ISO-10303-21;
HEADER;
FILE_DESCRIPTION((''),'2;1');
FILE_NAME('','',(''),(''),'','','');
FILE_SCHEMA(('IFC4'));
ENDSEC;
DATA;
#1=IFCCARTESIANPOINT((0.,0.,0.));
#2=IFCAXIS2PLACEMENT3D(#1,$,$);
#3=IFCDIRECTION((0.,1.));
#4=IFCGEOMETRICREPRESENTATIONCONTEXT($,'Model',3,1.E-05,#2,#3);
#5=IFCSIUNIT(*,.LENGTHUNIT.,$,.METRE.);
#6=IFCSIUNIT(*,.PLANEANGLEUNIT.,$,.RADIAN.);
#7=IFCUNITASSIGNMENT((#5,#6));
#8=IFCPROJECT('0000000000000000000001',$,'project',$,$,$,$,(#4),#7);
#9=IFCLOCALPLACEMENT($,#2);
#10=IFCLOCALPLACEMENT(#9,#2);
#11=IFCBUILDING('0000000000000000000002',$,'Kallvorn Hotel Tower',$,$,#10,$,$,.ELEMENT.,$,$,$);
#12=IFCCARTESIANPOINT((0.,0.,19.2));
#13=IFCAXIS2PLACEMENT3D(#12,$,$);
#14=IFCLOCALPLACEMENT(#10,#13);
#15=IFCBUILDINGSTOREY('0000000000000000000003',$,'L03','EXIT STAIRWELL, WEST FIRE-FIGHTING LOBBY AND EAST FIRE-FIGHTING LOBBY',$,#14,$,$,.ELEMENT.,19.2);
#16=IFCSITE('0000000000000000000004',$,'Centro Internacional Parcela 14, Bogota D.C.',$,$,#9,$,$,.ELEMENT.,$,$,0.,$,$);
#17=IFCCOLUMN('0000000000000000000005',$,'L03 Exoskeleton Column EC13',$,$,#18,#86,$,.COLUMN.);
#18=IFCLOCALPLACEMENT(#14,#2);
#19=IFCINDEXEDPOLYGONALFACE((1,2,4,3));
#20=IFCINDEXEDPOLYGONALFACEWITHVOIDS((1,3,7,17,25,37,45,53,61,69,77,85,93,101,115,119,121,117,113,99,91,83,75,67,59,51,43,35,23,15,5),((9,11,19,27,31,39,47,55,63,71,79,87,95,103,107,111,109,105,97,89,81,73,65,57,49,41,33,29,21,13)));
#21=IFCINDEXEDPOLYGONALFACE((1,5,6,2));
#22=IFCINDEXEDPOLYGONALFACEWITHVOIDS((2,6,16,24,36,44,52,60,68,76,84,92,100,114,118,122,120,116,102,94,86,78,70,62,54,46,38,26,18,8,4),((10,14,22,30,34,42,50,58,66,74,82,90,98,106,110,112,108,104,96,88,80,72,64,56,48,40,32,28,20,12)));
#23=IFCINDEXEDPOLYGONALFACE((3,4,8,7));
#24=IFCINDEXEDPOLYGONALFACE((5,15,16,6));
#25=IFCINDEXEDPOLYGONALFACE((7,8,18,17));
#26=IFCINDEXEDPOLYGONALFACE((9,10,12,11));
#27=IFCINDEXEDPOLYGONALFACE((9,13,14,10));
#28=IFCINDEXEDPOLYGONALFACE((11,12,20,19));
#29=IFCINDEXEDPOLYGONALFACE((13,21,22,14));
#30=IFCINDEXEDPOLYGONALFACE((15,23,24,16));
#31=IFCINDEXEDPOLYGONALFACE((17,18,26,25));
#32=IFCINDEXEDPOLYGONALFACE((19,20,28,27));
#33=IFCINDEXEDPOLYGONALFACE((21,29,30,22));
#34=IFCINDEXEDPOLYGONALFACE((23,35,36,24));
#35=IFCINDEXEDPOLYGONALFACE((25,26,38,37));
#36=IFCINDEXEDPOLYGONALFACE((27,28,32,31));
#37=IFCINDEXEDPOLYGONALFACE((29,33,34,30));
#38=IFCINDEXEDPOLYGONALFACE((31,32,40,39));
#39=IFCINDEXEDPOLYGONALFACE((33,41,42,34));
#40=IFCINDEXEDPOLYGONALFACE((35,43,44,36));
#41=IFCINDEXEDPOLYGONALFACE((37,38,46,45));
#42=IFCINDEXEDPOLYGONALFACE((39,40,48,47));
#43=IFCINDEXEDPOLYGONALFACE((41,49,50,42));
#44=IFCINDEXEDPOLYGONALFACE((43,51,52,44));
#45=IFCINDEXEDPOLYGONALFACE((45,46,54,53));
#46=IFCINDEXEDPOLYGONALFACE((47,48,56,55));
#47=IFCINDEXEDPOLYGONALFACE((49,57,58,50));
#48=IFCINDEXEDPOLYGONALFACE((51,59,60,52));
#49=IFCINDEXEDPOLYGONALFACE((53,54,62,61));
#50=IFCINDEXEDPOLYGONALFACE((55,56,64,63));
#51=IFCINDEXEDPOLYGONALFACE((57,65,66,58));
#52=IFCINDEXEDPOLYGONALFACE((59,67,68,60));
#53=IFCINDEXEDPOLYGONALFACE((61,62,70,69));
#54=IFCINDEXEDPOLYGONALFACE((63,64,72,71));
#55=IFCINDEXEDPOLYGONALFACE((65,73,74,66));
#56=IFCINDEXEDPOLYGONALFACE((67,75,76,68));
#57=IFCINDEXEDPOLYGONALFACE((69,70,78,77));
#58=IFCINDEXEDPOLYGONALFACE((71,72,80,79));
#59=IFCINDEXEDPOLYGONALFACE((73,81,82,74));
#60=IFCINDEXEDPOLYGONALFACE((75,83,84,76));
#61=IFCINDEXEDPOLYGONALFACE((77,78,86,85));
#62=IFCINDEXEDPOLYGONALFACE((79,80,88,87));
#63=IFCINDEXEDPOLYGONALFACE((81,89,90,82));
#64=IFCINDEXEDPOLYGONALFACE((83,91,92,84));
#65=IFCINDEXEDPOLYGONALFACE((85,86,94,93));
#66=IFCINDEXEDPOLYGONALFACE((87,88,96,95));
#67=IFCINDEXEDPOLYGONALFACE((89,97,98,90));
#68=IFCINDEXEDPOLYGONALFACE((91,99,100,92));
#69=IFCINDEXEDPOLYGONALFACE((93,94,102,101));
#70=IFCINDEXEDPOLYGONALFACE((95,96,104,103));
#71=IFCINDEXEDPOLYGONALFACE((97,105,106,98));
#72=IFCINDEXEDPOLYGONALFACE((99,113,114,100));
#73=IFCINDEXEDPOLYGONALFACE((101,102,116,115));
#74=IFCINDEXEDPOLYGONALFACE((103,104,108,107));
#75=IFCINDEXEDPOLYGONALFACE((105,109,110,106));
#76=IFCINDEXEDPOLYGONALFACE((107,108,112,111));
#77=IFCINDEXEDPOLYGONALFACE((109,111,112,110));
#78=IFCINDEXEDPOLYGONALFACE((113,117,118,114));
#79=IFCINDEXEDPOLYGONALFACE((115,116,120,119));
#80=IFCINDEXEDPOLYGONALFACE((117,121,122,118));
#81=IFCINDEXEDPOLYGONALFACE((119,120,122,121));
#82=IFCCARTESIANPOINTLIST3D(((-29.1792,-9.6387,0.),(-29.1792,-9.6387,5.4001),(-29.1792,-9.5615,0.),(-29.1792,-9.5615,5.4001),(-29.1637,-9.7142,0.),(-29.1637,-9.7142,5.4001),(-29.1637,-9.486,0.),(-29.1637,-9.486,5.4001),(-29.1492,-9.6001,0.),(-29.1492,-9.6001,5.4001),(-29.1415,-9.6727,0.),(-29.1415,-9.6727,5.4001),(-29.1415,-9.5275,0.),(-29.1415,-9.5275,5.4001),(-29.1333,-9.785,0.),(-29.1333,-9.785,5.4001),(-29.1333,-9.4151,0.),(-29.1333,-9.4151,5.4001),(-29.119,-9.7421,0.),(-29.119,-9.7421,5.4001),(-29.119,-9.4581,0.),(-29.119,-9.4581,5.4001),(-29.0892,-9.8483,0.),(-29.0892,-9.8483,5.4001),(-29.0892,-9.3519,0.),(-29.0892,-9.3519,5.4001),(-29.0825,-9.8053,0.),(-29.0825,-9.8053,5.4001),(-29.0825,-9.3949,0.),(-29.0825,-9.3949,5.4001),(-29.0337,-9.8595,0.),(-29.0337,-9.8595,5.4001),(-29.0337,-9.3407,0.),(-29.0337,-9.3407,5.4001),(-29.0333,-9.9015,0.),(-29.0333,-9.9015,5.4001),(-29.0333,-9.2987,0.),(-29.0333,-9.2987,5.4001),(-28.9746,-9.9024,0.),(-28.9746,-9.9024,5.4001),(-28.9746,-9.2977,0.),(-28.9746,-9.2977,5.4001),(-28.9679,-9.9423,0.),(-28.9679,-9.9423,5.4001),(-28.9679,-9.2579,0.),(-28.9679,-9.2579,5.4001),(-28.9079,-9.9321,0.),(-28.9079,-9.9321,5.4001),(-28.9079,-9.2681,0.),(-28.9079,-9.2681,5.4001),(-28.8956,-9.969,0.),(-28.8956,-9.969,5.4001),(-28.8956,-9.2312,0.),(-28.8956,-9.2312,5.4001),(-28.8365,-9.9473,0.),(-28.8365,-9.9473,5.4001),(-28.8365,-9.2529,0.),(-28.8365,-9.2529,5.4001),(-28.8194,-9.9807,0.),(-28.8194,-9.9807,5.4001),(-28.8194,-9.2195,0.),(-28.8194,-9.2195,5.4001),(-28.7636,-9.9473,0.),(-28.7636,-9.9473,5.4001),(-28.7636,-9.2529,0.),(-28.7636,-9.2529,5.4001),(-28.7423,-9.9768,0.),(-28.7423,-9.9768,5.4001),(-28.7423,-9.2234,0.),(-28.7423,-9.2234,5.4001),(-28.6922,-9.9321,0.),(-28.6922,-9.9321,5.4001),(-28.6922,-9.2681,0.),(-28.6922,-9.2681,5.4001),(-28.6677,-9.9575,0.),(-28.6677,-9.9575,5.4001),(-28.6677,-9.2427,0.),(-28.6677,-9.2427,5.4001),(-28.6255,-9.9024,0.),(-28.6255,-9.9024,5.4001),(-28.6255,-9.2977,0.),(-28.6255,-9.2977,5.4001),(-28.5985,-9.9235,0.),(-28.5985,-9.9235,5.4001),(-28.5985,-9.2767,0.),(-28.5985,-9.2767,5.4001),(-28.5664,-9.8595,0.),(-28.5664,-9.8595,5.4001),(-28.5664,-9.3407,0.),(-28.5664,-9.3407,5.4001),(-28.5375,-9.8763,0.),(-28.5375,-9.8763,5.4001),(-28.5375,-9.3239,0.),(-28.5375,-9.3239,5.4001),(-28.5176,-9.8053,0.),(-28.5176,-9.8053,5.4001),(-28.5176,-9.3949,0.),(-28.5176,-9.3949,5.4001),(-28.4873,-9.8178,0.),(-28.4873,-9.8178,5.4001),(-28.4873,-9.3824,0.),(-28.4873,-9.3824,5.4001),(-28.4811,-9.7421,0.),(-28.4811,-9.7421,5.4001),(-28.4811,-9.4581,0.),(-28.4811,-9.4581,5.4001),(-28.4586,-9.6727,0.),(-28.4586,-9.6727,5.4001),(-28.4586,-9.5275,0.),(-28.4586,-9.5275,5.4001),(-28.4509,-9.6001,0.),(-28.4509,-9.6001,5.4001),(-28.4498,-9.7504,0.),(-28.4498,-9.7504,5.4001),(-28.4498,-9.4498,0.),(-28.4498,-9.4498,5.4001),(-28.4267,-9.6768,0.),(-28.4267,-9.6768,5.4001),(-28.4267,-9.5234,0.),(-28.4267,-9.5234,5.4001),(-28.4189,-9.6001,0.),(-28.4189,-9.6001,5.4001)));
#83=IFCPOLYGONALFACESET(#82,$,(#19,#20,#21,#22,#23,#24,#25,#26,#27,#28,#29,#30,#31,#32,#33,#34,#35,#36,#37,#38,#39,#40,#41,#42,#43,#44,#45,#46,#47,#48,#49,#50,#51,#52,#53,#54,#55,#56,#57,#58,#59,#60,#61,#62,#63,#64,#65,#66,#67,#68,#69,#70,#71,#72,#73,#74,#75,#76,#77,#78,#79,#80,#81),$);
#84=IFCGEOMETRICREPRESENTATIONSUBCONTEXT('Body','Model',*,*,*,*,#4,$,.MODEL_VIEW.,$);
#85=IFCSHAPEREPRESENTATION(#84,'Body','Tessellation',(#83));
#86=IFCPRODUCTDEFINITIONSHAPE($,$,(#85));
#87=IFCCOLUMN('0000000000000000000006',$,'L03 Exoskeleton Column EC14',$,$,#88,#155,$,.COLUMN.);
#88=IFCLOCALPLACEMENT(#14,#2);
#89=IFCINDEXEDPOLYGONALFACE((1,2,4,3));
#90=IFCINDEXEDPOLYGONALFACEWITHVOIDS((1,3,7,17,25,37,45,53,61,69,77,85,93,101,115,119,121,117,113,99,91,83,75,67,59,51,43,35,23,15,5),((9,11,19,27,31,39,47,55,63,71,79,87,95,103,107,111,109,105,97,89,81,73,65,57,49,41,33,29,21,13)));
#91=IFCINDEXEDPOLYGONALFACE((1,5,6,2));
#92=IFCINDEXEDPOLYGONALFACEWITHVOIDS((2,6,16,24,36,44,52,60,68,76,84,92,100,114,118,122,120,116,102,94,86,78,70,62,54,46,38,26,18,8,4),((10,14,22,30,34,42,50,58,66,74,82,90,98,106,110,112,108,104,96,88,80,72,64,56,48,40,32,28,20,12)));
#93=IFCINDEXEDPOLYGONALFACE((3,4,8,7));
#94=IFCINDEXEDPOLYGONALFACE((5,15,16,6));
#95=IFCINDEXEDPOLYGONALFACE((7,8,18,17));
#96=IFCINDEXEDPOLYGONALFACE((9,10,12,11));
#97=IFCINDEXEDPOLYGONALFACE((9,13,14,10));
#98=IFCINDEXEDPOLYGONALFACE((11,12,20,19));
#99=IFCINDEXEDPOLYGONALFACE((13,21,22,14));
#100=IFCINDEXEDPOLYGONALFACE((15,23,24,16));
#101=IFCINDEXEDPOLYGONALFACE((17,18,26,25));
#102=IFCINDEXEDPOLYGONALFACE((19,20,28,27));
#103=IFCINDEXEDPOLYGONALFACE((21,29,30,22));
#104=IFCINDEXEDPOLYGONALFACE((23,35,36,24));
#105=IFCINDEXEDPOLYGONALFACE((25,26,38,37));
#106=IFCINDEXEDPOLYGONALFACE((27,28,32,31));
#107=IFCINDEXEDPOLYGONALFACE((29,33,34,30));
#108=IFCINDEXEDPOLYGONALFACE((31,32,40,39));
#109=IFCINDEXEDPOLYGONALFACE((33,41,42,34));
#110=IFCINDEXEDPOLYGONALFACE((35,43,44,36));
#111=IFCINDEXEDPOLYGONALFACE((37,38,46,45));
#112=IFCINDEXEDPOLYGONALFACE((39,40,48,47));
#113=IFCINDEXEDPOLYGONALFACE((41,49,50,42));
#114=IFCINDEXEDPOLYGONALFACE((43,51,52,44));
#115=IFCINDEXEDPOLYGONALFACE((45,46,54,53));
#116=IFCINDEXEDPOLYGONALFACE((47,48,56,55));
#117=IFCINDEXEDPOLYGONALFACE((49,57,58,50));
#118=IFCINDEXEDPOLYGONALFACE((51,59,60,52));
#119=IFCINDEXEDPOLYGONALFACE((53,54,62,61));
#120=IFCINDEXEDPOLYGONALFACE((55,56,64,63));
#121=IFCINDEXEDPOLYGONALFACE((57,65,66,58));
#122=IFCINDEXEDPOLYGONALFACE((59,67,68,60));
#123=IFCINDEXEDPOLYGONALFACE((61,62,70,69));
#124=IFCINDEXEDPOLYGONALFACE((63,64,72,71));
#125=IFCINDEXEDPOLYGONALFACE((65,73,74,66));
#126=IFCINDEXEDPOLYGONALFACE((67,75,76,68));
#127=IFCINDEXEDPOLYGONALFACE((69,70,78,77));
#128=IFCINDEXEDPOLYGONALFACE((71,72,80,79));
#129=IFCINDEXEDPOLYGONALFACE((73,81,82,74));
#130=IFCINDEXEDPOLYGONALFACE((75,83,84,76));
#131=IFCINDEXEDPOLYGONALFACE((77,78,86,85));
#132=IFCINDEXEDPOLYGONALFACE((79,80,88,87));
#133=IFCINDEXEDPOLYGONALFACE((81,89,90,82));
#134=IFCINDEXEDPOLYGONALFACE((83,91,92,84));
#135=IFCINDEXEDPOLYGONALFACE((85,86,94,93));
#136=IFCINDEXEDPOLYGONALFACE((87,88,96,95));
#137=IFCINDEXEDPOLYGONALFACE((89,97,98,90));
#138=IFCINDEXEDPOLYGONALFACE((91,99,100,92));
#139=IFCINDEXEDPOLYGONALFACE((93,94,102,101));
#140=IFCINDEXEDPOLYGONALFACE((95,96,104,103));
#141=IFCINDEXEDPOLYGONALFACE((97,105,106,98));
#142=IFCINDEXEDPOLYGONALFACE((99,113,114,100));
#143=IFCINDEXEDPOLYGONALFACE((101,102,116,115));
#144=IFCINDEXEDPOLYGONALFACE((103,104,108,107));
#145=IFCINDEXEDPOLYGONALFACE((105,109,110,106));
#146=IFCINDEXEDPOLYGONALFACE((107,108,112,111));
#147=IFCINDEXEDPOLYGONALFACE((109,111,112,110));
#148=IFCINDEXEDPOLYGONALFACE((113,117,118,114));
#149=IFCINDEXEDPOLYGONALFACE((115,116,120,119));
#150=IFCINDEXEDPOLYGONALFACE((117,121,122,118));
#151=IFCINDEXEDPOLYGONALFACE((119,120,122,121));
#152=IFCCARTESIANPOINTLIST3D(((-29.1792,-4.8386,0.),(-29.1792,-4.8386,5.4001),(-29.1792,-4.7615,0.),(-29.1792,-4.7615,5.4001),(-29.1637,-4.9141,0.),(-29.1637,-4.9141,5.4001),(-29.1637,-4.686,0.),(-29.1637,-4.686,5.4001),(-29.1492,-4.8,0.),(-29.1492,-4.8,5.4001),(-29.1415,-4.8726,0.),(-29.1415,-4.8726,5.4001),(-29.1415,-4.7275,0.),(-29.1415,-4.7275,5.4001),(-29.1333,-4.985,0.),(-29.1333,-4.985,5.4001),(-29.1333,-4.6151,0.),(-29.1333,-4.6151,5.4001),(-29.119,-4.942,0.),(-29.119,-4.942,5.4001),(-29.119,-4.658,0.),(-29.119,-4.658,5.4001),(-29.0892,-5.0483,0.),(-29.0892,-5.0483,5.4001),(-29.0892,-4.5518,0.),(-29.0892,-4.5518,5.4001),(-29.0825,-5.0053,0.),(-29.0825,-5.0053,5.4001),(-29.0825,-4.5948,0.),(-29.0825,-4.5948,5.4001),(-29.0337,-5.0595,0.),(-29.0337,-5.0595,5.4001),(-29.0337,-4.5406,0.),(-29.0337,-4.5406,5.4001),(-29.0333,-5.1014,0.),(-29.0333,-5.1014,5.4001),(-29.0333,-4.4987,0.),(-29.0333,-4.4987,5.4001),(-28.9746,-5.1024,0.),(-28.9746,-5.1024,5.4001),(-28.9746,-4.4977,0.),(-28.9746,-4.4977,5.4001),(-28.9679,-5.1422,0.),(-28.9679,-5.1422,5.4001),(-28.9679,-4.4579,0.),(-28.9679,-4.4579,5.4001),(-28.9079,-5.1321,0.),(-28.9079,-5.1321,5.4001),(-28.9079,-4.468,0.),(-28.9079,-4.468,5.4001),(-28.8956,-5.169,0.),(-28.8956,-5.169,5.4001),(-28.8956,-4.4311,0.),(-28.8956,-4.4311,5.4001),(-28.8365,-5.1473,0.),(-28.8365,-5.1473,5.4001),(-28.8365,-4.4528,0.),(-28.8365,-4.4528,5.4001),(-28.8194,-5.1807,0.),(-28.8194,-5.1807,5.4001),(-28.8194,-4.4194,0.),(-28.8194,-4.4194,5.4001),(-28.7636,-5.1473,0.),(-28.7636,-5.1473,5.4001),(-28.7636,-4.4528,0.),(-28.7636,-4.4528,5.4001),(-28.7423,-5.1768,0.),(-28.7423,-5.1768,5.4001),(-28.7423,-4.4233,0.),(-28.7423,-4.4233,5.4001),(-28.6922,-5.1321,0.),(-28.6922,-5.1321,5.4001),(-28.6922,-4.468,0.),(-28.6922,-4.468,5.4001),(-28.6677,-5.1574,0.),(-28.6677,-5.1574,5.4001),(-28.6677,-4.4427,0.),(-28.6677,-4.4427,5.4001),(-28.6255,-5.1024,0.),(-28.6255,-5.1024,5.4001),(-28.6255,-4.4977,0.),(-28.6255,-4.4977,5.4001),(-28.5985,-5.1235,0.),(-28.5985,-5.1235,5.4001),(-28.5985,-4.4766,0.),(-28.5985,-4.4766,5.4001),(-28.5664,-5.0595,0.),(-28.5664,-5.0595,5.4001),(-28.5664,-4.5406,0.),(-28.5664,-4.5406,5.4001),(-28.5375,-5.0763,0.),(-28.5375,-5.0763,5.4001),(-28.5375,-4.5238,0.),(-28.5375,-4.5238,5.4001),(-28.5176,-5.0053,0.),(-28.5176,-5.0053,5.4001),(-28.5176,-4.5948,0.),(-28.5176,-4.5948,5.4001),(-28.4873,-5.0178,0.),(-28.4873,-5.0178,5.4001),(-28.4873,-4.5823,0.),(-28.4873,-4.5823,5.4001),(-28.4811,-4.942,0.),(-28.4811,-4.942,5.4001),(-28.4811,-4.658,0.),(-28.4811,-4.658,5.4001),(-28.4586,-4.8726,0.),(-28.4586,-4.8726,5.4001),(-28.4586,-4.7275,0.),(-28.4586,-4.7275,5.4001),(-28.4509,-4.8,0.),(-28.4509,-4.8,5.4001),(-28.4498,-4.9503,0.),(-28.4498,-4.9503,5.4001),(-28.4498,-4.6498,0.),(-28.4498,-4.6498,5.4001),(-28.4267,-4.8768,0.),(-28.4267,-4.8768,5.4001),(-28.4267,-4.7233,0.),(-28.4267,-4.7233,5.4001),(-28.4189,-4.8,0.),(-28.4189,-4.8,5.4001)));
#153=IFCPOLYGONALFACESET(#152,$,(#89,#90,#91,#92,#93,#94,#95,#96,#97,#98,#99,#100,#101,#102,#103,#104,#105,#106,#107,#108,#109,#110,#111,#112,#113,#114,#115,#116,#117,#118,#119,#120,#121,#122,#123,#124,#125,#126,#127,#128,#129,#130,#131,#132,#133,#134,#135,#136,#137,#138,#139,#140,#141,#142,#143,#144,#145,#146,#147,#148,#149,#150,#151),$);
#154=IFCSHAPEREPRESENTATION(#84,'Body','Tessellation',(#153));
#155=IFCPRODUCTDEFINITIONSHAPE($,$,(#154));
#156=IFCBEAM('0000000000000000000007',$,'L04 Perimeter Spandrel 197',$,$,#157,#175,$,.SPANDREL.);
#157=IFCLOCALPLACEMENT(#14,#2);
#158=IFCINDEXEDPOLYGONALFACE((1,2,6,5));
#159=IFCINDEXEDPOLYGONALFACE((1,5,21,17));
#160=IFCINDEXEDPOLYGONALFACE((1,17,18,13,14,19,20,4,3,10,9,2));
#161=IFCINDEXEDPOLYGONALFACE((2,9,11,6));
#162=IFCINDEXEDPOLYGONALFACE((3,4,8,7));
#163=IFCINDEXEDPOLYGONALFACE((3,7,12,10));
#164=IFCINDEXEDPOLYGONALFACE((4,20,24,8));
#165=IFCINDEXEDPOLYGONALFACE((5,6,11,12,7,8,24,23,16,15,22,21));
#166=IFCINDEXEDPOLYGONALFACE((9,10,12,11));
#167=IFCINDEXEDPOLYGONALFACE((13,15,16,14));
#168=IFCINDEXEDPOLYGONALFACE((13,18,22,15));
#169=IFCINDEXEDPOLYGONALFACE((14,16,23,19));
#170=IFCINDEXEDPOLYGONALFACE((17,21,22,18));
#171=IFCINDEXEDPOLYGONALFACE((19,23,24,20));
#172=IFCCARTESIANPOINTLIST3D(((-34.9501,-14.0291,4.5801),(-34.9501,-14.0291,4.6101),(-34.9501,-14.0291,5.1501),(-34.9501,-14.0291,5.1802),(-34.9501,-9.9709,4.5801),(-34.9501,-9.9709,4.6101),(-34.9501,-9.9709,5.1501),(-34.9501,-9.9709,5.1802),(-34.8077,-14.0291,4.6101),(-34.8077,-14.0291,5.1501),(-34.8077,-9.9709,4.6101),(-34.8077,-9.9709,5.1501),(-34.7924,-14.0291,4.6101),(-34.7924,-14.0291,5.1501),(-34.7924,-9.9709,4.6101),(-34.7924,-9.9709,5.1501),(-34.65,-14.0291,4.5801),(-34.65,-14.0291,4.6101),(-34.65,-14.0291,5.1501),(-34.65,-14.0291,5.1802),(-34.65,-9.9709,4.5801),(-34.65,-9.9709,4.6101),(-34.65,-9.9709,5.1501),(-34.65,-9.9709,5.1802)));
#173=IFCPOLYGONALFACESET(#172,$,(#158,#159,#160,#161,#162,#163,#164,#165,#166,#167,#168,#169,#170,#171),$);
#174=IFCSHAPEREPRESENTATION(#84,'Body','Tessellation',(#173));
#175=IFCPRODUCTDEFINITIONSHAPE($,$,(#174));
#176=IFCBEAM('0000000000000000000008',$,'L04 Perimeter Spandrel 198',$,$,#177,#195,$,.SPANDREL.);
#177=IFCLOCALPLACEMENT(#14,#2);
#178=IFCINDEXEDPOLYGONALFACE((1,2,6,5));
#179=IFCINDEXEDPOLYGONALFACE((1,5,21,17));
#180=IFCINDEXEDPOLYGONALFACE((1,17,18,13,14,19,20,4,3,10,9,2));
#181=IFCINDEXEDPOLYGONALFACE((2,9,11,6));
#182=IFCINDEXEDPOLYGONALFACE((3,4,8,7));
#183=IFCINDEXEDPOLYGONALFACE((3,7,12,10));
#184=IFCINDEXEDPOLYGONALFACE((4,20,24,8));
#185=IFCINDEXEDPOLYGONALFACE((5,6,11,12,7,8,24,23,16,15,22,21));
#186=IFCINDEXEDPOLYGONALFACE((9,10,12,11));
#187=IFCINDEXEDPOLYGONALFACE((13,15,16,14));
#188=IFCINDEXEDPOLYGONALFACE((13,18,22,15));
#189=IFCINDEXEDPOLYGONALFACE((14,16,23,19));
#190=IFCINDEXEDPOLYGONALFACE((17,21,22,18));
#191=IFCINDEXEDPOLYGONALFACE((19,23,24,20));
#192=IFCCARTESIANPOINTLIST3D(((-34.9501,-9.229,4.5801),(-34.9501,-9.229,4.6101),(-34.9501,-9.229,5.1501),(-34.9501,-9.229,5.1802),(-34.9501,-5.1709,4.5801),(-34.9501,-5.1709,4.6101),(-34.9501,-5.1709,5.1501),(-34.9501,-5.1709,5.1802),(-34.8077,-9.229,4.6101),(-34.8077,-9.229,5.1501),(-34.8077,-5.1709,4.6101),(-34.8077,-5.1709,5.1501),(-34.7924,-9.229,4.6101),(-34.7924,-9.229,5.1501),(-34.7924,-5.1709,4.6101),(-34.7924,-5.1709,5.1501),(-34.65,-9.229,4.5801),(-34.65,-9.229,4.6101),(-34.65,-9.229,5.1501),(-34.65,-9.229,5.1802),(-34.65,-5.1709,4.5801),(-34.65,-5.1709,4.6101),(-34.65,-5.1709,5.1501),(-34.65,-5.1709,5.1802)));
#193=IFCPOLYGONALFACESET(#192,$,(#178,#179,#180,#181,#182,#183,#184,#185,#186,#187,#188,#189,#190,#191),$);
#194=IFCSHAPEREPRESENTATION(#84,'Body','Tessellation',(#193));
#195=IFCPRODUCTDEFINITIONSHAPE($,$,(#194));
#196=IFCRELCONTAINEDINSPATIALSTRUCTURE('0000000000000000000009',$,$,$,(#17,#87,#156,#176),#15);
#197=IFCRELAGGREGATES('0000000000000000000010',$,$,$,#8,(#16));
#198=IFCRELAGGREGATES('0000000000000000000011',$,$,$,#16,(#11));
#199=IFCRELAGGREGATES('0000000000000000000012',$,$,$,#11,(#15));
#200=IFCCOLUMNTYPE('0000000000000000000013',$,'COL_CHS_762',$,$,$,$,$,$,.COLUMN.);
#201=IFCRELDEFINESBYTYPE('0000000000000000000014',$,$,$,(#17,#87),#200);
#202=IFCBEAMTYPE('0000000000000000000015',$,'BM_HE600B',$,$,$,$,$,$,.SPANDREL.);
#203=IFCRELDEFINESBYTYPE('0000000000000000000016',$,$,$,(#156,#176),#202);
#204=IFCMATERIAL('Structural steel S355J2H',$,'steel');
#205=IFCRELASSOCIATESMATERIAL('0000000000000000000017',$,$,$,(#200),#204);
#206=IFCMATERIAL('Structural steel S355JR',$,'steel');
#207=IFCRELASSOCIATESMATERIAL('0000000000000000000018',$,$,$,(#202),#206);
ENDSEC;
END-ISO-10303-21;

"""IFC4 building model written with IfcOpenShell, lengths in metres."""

from ifc_helpers import new_model, si_unit, direction, frame, origin, origin_2d, place, context, subcontext, project, spatial, hollow_circle, i_section, extrude, material, material_profile, profile_set, type_object, element, save


model = new_model("IFC4")

# Units and contexts
model_context = context("Model", 3, precision=1e-05, world=origin(), true_north=direction((0.0, 1.0)))
body_context = subcontext(model_context, "Body", "Model", "MODEL_VIEW")
ifc_project = project(units=[si_unit("LENGTHUNIT", "METRE"), si_unit("PLANEANGLEUNIT", "RADIAN")], contexts=[model_context])

# Site, building, storey
site_placement = place(None, origin())
site = spatial("IfcSite", under=ifc_project, at=site_placement, Name="Centro Internacional Parcela 14, Bogota D.C.", CompositionType="ELEMENT", RefElevation=0.0)
building_placement = place(site_placement, origin())
building = spatial("IfcBuilding", under=site, at=building_placement, Name="Kallvorn Hotel Tower", CompositionType="ELEMENT")
storey_placement = place(building_placement, frame((0.0, 0.0, 19.2)))
storey = spatial("IfcBuildingStorey", under=building, at=storey_placement, Name="L03", Description="EXIT STAIRWELL, WEST FIRE-FIGHTING LOBBY AND EAST FIRE-FIGHTING LOBBY", CompositionType="ELEMENT", Elevation=19.2)

# Columns
ifc_material_1 = material(Name="Structural steel S355J2H", Category="steel")
ifc_material_profile_1 = material_profile(ifc_material_1, hollow_circle(Radius=0.3811, WallThickness=0.032, at=origin_2d()), Name="CHS 762x32")
ifc_profile_set_1 = profile_set([ifc_material_profile_1], Name="Structural steel S355J2H")
column_type = type_object("IfcColumnType", Name="COL_CHS_762", PredefinedType="COLUMN", material=ifc_profile_set_1)
for number, where, z_axis, x_axis, name in (
    (1, (-28.8, -9.6001, 0.0), (0.0, 0.0, 1.0), (1.0, 0.0, 0.0), "L03 Exoskeleton Column EC13"),
    (2, (-28.8, -4.8, 0.0), (0.0, 0.0, 1.0), (1.0, 0.0, 0.0), "L03 Exoskeleton Column EC14"),
):
    element("IfcColumn", number, at=place(storey_placement, frame(where, z_axis=z_axis, x_axis=x_axis)), inside=storey, type_object=column_type, Name=name, PredefinedType="COLUMN", context=body_context, shape_type="SweptSolid", body=[
        extrude(hollow_circle(Radius=0.3811, WallThickness=0.032, at=origin_2d()), origin(), (0.0, 0.0, 1.0), 5.4001),
    ])

# Beams
ifc_material_2 = material(Name="Structural steel S355JR", Category="steel")
ifc_material_profile_2 = material_profile(ifc_material_2, i_section(OverallWidth=0.3, OverallDepth=0.6001, WebThickness=0.0154, FlangeThickness=0.03, at=origin_2d()), Name="HE 600 B")
ifc_profile_set_2 = profile_set([ifc_material_profile_2], Name="Structural steel S355JR")
beam_type_1 = type_object("IfcBeamType", Name="BM_HE600B", PredefinedType="SPANDREL", material=ifc_profile_set_2)
for number, where, z_axis, x_axis, name in (
    (3, (-34.8, -14.0291, 4.8801), (0.0, 1.0, 0.0), (-1.0, 0.0, 0.0), "L04 Perimeter Spandrel 197"),
    (4, (-34.8, -9.229, 4.8801), (0.0, 1.0, 0.0), (-1.0, 0.0, 0.0), "L04 Perimeter Spandrel 198"),
):
    element("IfcBeam", number, at=place(storey_placement, frame(where, z_axis=z_axis, x_axis=x_axis)), inside=storey, type_object=beam_type_1, Name=name, PredefinedType="SPANDREL", context=body_context, shape_type="SweptSolid", body=[
        extrude(i_section(OverallWidth=0.3, OverallDepth=0.6001, WebThickness=0.0154, FlangeThickness=0.03, at=origin_2d()), origin(), (0.0, 0.0, 1.0), 4.0581),
    ])

save(model, "model.ifc")
